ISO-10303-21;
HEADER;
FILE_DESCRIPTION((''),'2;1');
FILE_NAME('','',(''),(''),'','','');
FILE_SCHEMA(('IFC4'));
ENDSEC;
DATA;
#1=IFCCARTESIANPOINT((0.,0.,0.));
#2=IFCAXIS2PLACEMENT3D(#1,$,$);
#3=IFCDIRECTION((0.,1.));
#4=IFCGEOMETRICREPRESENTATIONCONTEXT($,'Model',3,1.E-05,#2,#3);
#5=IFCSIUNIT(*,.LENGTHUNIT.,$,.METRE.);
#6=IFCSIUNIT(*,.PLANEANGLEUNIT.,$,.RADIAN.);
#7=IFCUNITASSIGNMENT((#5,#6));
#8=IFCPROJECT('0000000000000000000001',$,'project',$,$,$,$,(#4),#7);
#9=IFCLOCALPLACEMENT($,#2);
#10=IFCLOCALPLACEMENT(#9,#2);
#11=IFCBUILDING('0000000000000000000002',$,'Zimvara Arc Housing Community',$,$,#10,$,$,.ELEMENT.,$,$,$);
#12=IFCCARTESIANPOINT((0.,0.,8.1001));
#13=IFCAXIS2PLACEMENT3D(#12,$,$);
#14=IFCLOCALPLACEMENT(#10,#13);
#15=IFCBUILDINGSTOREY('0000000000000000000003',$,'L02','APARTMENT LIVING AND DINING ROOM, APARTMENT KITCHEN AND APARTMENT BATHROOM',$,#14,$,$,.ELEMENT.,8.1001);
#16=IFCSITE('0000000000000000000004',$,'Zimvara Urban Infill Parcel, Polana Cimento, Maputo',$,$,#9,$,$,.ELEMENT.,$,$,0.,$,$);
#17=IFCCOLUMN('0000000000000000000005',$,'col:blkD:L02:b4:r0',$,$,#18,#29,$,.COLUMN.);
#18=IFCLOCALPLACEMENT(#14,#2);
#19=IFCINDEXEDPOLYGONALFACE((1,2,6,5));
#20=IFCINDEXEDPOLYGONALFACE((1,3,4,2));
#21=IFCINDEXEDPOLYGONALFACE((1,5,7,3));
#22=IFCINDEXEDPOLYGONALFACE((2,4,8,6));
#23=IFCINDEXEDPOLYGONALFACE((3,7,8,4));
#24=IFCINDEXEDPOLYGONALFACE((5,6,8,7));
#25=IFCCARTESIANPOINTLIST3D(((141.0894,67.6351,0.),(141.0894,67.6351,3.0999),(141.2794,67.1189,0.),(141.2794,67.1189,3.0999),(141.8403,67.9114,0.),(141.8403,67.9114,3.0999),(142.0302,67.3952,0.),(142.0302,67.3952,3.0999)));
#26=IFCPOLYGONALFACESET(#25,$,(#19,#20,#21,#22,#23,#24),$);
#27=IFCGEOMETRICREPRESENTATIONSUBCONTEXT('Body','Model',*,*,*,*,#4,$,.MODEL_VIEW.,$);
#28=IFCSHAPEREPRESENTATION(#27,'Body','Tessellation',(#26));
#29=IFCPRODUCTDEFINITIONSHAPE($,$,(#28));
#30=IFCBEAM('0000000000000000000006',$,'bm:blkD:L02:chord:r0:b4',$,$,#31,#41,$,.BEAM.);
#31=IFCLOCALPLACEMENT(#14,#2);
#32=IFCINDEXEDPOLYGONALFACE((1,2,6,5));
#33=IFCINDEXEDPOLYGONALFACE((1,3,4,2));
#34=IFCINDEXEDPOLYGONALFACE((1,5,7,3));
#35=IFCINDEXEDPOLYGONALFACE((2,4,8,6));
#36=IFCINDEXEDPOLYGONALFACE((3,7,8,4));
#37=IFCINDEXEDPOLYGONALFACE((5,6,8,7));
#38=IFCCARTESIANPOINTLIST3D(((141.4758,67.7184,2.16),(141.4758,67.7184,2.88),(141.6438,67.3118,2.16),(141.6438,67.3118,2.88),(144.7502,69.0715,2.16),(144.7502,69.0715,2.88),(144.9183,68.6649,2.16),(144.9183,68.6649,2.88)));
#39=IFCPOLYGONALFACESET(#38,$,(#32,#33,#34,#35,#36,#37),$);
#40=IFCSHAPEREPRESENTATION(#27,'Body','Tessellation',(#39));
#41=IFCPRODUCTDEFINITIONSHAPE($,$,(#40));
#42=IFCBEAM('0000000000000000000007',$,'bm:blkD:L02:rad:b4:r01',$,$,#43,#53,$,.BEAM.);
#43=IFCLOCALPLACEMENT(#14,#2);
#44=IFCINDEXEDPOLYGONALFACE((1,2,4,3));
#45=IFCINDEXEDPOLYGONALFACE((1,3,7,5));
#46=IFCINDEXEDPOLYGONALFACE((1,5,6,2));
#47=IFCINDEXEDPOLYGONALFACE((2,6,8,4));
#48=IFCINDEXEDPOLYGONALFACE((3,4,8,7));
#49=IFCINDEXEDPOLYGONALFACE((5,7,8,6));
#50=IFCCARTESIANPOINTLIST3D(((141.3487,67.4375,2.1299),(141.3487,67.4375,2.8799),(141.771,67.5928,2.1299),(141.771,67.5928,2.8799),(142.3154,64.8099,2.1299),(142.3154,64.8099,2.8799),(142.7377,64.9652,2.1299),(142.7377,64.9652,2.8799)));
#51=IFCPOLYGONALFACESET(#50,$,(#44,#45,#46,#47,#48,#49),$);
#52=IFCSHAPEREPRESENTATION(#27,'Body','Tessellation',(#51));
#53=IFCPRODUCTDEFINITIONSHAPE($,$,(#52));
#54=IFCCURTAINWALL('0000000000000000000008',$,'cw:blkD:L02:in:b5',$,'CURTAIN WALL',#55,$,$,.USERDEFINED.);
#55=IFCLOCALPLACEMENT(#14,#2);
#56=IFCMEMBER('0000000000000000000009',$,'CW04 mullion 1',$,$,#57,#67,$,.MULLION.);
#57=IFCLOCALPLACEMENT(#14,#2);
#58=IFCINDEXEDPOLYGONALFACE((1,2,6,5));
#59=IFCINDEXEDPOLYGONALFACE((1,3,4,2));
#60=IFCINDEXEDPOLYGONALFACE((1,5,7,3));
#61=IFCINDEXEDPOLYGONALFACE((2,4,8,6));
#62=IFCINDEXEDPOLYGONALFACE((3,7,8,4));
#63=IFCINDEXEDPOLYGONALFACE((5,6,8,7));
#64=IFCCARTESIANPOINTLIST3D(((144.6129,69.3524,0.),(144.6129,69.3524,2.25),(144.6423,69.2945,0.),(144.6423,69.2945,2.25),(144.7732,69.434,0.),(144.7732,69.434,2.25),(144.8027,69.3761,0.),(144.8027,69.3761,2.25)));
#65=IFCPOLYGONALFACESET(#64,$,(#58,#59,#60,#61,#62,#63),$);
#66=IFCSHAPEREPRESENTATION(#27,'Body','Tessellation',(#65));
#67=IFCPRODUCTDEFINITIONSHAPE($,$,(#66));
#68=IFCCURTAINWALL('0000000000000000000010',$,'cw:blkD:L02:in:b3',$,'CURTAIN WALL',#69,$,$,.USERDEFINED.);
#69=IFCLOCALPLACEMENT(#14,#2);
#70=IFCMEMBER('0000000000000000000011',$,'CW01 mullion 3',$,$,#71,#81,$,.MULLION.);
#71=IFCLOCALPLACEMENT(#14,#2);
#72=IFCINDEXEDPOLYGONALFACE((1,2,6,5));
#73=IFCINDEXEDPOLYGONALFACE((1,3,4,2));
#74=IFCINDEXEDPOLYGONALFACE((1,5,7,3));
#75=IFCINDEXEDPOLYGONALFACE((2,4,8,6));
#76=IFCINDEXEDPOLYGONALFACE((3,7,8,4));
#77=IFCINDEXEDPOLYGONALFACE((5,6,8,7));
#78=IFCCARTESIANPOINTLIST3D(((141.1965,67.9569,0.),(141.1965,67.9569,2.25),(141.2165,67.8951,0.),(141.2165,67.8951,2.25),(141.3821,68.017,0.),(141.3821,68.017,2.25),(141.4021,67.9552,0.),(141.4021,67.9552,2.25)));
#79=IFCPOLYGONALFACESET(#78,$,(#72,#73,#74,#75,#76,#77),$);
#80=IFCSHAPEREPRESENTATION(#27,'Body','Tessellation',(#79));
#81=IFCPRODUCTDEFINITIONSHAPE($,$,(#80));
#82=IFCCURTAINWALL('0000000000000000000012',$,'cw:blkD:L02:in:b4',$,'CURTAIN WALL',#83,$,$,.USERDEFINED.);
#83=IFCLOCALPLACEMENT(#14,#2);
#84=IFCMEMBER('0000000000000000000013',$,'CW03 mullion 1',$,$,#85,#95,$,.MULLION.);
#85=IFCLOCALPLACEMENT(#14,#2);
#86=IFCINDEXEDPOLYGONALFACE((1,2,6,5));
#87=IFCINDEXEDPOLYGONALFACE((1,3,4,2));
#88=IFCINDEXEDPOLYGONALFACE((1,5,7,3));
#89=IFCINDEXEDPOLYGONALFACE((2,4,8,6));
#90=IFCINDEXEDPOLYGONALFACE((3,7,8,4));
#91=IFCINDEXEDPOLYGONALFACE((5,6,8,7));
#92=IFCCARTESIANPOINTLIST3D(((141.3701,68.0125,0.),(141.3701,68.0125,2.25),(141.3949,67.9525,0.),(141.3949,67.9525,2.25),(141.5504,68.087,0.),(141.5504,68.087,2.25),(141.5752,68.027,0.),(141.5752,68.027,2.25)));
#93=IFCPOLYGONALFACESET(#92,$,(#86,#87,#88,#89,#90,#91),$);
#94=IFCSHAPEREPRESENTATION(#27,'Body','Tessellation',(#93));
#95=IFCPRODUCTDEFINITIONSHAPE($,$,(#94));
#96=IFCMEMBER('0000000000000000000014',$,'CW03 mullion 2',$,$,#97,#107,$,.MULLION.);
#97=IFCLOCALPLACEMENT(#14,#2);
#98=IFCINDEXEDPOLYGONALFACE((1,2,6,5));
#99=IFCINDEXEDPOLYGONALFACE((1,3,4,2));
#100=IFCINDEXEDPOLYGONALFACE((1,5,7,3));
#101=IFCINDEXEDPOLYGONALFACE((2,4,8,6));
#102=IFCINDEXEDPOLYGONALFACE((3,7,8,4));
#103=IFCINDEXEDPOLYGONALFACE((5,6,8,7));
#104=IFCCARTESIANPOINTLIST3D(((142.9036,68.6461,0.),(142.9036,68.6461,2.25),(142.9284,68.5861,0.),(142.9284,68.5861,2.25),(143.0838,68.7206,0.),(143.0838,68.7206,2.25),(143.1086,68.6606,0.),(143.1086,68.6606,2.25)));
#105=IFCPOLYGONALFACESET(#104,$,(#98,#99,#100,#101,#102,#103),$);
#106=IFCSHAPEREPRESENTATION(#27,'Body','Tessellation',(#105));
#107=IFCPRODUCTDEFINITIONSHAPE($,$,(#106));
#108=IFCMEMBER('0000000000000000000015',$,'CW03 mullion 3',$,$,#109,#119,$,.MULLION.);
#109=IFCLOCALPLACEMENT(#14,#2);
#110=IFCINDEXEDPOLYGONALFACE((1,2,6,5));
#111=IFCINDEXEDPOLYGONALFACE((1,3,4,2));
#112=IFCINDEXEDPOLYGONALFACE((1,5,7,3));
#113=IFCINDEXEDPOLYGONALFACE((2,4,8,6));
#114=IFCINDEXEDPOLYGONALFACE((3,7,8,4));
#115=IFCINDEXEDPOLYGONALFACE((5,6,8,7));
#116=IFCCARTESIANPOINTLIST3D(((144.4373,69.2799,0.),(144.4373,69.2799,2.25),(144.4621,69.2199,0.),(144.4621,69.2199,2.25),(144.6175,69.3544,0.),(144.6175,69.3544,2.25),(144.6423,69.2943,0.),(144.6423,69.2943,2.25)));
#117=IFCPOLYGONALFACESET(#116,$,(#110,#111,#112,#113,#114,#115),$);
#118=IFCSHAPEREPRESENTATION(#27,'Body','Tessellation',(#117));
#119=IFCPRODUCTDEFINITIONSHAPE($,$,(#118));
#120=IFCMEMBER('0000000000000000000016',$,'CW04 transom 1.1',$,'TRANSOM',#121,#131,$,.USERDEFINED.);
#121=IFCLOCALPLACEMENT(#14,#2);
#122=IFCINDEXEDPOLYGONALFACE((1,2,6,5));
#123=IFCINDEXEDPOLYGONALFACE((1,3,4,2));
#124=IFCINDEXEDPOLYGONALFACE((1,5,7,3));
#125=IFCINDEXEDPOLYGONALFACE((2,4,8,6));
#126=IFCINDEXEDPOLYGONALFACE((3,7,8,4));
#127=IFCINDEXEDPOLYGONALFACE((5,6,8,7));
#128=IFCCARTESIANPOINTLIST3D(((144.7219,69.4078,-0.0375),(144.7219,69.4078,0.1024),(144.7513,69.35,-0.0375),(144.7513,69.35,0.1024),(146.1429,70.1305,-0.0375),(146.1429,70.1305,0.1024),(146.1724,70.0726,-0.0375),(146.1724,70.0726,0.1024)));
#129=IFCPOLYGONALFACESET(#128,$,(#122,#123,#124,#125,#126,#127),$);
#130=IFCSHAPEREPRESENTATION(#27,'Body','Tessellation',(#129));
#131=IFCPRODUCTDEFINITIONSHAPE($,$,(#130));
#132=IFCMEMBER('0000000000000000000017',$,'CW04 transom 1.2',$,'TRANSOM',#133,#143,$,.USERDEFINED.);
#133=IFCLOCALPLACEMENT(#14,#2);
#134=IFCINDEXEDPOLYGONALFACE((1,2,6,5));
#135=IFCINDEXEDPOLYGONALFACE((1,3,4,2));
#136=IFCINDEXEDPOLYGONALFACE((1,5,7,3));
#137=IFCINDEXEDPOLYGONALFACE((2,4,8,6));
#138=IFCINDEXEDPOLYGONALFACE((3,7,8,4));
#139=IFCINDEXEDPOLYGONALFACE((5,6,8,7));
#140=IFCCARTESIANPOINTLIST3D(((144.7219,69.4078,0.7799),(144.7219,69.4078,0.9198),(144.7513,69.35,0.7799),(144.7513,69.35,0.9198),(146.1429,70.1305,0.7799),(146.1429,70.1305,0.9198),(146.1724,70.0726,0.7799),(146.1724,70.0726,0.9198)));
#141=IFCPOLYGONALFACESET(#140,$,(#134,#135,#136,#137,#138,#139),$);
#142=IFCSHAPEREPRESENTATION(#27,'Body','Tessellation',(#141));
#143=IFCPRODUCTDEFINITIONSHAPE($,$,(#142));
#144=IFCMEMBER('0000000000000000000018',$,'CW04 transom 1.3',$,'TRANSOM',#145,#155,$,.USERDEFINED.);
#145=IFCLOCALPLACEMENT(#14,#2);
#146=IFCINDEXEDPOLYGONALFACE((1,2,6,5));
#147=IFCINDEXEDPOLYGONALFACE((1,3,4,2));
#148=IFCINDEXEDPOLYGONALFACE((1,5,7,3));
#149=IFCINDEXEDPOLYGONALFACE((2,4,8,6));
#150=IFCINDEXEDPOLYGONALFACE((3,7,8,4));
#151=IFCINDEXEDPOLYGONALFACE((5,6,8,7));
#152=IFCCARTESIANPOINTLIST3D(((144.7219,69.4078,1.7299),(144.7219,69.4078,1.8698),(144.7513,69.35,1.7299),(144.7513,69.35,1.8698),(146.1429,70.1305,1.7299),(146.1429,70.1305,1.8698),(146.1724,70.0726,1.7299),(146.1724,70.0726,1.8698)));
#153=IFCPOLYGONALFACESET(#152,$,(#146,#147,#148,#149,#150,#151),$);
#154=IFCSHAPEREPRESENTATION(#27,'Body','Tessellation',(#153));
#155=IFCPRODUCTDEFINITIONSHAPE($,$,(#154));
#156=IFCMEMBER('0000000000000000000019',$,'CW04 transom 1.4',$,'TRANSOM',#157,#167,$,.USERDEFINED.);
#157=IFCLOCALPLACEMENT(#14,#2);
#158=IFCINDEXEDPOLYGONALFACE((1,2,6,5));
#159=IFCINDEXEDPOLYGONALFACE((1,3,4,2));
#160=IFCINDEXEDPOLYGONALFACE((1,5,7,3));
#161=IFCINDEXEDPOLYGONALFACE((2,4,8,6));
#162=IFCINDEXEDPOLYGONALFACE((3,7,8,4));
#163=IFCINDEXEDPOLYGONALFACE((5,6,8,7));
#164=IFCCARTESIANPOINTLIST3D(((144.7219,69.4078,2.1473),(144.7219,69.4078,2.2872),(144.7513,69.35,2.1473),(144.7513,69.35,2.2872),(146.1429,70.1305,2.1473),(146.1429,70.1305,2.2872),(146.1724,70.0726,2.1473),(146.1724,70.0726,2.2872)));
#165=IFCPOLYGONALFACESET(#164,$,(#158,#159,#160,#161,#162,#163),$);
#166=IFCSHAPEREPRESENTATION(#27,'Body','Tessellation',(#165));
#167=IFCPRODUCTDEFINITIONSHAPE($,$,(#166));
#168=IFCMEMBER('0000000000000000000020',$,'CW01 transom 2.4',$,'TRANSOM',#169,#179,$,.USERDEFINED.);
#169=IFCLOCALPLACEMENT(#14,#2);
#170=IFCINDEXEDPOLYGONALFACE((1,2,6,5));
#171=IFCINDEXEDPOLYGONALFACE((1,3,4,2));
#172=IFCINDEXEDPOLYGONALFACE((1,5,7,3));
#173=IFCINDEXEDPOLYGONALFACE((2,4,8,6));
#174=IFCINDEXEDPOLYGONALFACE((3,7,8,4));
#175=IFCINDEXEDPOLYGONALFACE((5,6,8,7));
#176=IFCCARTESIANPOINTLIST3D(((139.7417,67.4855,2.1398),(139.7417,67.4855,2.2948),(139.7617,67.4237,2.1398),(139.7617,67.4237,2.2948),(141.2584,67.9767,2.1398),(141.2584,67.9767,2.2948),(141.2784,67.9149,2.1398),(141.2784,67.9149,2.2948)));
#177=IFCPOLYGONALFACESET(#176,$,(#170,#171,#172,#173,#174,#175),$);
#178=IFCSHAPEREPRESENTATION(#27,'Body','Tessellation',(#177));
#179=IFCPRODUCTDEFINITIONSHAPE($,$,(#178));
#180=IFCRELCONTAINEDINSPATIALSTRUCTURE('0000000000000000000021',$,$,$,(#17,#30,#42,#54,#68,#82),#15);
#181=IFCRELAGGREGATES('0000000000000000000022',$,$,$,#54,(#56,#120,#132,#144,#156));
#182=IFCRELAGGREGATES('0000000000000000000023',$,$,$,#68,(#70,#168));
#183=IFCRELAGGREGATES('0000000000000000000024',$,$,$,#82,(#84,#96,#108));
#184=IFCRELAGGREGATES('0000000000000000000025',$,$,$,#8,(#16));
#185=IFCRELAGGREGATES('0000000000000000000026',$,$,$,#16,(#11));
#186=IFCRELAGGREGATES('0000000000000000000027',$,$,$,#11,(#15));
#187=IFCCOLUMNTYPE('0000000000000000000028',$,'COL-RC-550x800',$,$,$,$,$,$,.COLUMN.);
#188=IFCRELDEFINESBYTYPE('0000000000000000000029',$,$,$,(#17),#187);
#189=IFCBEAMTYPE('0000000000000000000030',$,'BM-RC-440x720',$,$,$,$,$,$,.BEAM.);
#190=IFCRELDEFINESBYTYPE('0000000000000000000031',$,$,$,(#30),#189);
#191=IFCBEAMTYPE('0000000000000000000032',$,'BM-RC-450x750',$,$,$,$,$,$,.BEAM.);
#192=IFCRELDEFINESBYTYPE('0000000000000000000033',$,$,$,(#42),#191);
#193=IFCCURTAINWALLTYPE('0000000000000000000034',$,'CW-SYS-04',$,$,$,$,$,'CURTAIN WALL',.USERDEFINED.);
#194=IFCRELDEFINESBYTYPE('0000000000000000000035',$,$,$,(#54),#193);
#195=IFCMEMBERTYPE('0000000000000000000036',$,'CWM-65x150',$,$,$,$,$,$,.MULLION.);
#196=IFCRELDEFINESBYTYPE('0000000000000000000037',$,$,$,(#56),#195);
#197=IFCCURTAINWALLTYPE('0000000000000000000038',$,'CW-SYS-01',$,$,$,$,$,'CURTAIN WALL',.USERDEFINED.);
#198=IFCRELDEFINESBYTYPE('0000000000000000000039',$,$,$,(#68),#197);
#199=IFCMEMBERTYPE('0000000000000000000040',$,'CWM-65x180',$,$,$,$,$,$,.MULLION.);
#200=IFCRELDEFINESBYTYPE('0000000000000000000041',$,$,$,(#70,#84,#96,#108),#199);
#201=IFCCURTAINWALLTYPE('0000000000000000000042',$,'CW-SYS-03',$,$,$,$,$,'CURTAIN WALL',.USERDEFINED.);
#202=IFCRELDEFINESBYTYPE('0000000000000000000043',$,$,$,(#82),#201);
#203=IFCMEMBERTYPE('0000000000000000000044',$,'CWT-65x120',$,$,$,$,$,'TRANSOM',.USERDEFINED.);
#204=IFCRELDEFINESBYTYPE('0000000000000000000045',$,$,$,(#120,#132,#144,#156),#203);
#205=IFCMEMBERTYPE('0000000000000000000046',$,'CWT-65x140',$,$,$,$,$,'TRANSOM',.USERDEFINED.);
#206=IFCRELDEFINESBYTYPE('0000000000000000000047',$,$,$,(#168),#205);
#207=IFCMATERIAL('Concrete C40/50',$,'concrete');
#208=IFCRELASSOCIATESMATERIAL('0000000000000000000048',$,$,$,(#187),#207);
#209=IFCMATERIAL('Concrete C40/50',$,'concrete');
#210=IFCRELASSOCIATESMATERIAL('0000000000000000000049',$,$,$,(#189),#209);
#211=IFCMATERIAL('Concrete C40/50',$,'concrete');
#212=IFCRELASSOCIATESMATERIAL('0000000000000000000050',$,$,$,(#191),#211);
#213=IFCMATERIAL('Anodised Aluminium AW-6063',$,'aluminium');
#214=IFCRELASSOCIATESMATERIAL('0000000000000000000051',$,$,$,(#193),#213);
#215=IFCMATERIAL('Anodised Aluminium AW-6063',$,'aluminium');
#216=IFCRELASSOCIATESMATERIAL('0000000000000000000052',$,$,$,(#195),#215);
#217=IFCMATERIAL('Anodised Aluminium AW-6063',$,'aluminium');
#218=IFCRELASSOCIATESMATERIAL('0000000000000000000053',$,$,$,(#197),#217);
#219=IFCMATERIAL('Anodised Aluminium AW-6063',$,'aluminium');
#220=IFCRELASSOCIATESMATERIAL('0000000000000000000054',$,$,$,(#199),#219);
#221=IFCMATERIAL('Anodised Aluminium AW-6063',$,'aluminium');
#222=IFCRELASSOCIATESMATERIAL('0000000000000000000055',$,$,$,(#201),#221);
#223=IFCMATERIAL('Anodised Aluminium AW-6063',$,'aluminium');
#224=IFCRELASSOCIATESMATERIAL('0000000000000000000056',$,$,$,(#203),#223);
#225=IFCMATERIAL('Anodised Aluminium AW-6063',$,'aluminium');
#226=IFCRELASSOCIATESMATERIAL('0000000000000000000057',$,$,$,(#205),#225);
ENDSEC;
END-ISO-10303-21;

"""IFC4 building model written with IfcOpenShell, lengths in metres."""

from ifc_helpers import new_model, si_unit, direction, frame, origin, origin_2d, place, context, subcontext, project, spatial, rectangle, extrude, material, material_profile, profile_set, type_object, element, aggregate, save


model = new_model("IFC4")

# Units and contexts
model_context = context("Model", 3, precision=1e-05, world=origin(), true_north=direction((0.0, 1.0)))
body_context = subcontext(model_context, "Body", "Model", "MODEL_VIEW")
ifc_project = project(units=[si_unit("LENGTHUNIT", "METRE"), si_unit("PLANEANGLEUNIT", "RADIAN")], contexts=[model_context])

# Site, building, storey
site_placement = place(None, origin())
site = spatial("IfcSite", under=ifc_project, at=site_placement, Name="Zimvara Urban Infill Parcel, Polana Cimento, Maputo", CompositionType="ELEMENT", RefElevation=0.0)
building_placement = place(site_placement, origin())
building = spatial("IfcBuilding", under=site, at=building_placement, Name="Zimvara Arc Housing Community", CompositionType="ELEMENT")
storey_placement = place(building_placement, frame((0.0, 0.0, 8.1001)))
storey = spatial("IfcBuildingStorey", under=building, at=storey_placement, Name="L02", Description="APARTMENT LIVING AND DINING ROOM, APARTMENT KITCHEN AND APARTMENT BATHROOM", CompositionType="ELEMENT", Elevation=8.1001)

# Column
ifc_material_1 = material(Name="Concrete C40/50", Category="concrete")
ifc_material_profile_1 = material_profile(ifc_material_1, rectangle(XDim=0.55, YDim=0.8, at=origin_2d()), Name="RC 550x800")
ifc_profile_set_1 = profile_set([ifc_material_profile_1], Name="Concrete C40/50")
column_type = type_object("IfcColumnType", Name="COL-RC-550x800", PredefinedType="COLUMN", material=ifc_profile_set_1)
column_placement = place(storey_placement, frame((141.5598, 67.5151, 0.0), z_axis=(0.0, 0.0, 1.0), x_axis=(0.345298, -0.938493, 0.0)))
element("IfcColumn", 1, at=column_placement, inside=storey, type_object=column_type, Name="col:blkD:L02:b4:r0", PredefinedType="COLUMN", context=body_context, shape_type="SweptSolid", body=[
    extrude(rectangle(XDim=0.55, YDim=0.8, at=origin_2d()), origin(), (0.0, 0.0, 1.0), 3.0999),
])

# Beams
ifc_material_2 = material(Name="Concrete C40/50", Category="concrete")
ifc_material_profile_2 = material_profile(ifc_material_2, rectangle(XDim=0.4399, YDim=0.72, at=origin_2d()), Name="RC 440x720")
ifc_profile_set_2 = profile_set([ifc_material_profile_2], Name="Concrete C40/50")
beam_type_1 = type_object("IfcBeamType", Name="BM-RC-440x720", PredefinedType="BEAM", material=ifc_profile_set_2)
beam_1_placement = place(storey_placement, frame((141.5598, 67.5151, 2.52), z_axis=(0.924206, 0.381893, 0.0), x_axis=(-0.381893, 0.924206, 0.0)))
element("IfcBeam", 2, at=beam_1_placement, inside=storey, type_object=beam_type_1, Name="bm:blkD:L02:chord:r0:b4", PredefinedType="BEAM", context=body_context, shape_type="SweptSolid", body=[
    extrude(rectangle(XDim=0.4399, YDim=0.72, at=origin_2d()), origin(), (0.0, 0.0, 1.0), 3.543),
])
ifc_material_3 = material(Name="Concrete C40/50", Category="concrete")
ifc_material_profile_3 = material_profile(ifc_material_3, rectangle(XDim=0.45, YDim=0.75, at=origin_2d()), Name="RC 450x750")
ifc_profile_set_3 = profile_set([ifc_material_profile_3], Name="Concrete C40/50")
beam_type_2 = type_object("IfcBeamType", Name="BM-RC-450x750", PredefinedType="BEAM", material=ifc_profile_set_3)
beam_2_placement = place(storey_placement, frame((141.5598, 67.5151, 2.5049), z_axis=(0.345297, -0.938493, 0.0), x_axis=(0.938493, 0.345297, 0.0)))
element("IfcBeam", 3, at=beam_2_placement, inside=storey, type_object=beam_type_2, Name="bm:blkD:L02:rad:b4:r01", PredefinedType="BEAM", context=body_context, shape_type="SweptSolid", body=[
    extrude(rectangle(XDim=0.45, YDim=0.75, at=origin_2d()), origin(), (0.0, 0.0, 1.0), 2.7998),
])

# Curtain walls, members
ifc_material_4 = material(Name="Anodised Aluminium AW-6063", Category="aluminium")
curtain_wall_type_1 = type_object("IfcCurtainWallType", Name="CW-SYS-04", ElementType="CURTAIN WALL", PredefinedType="USERDEFINED", material=ifc_material_4)
curtain_wall_1_placement = place(storey_placement, origin())
curtain_wall_1 = element("IfcCurtainWall", 4, at=curtain_wall_1_placement, inside=storey, type_object=curtain_wall_type_1, Name="cw:blkD:L02:in:b5", ObjectType="CURTAIN WALL", PredefinedType="USERDEFINED")
ifc_material_5 = material(Name="Anodised Aluminium AW-6063", Category="aluminium")
ifc_material_profile_4 = material_profile(ifc_material_5, rectangle(XDim=0.0649, YDim=0.1799, at=origin_2d()), Name="ALU 65x180")
ifc_profile_set_4 = profile_set([ifc_material_profile_4], Name="Anodised Aluminium AW-6063")
member_type_1 = type_object("IfcMemberType", Name="CWM-65x150", PredefinedType="MULLION", material=ifc_profile_set_4)
member_1_placement = place(storey_placement, frame((144.7078, 69.3643, 0.0), z_axis=(0.0, 0.0, 1.0), x_axis=(-0.453211, 0.891403, 0.0)))
member_1 = element("IfcMember", 5, at=member_1_placement, type_object=member_type_1, Name="CW04 mullion 1", PredefinedType="MULLION", context=body_context, shape_type="SweptSolid", body=[
    extrude(rectangle(XDim=0.0649, YDim=0.1799, at=origin_2d()), origin(), (0.0, 0.0, 1.0), 2.25),
])
ifc_material_6 = material(Name="Anodised Aluminium AW-6063", Category="aluminium")
curtain_wall_type_2 = type_object("IfcCurtainWallType", Name="CW-SYS-01", ElementType="CURTAIN WALL", PredefinedType="USERDEFINED", material=ifc_material_6)
curtain_wall_2_placement = place(storey_placement, origin())
curtain_wall_2 = element("IfcCurtainWall", 6, at=curtain_wall_2_placement, inside=storey, type_object=curtain_wall_type_2, Name="cw:blkD:L02:in:b3", ObjectType="CURTAIN WALL", PredefinedType="USERDEFINED")
ifc_material_7 = material(Name="Anodised Aluminium AW-6063", Category="aluminium")
ifc_material_profile_5 = material_profile(ifc_material_7, rectangle(XDim=0.0649, YDim=0.1951, at=origin_2d()), Name="ALU 65x195")
ifc_profile_set_5 = profile_set([ifc_material_profile_5], Name="Anodised Aluminium AW-6063")
member_type_2 = type_object("IfcMemberType", Name="CWM-65x180", PredefinedType="MULLION", material=ifc_profile_set_5)
member_2_placement = place(storey_placement, frame((141.2993, 67.9561, 0.0), z_axis=(0.0, 0.0, 1.0), x_axis=(-0.308185, 0.951326, 0.0)))
member_2 = element("IfcMember", 7, at=member_2_placement, type_object=member_type_2, Name="CW01 mullion 3", PredefinedType="MULLION", context=body_context, shape_type="SweptSolid", body=[
    extrude(rectangle(XDim=0.0649, YDim=0.1951, at=origin_2d()), origin(), (0.0, 0.0, 1.0), 2.25),
])

# Curtain wall, members
ifc_material_8 = material(Name="Anodised Aluminium AW-6063", Category="aluminium")
curtain_wall_type_3 = type_object("IfcCurtainWallType", Name="CW-SYS-03", ElementType="CURTAIN WALL", PredefinedType="USERDEFINED", material=ifc_material_8)
curtain_wall_3_placement = place(storey_placement, origin())
curtain_wall_3 = element("IfcCurtainWall", 8, at=curtain_wall_3_placement, inside=storey, type_object=curtain_wall_type_3, Name="cw:blkD:L02:in:b4", ObjectType="CURTAIN WALL", PredefinedType="USERDEFINED")
member_3_placement = place(storey_placement, frame((141.4727, 68.0198, 0.0), z_axis=(0.0, 0.0, 1.0), x_axis=(-0.381877, 0.924213, 0.0)))
member_3 = element("IfcMember", 9, at=member_3_placement, type_object=member_type_2, Name="CW03 mullion 1", PredefinedType="MULLION", context=body_context, shape_type="SweptSolid", body=[
    extrude(rectangle(XDim=0.0649, YDim=0.1951, at=origin_2d()), origin(), (0.0, 0.0, 1.0), 2.25),
])
member_4_placement = place(storey_placement, frame((143.0061, 68.6533, 0.0), z_axis=(0.0, 0.0, 1.0), x_axis=(-0.381877, 0.924213, 0.0)))
member_4 = element("IfcMember", 10, at=member_4_placement, type_object=member_type_2, Name="CW03 mullion 2", PredefinedType="MULLION", context=body_context, shape_type="SweptSolid", body=[
    extrude(rectangle(XDim=0.0649, YDim=0.1951, at=origin_2d()), origin(), (0.0, 0.0, 1.0), 2.25),
])
member_5_placement = place(storey_placement, frame((144.5398, 69.2871, 0.0), z_axis=(0.0, 0.0, 1.0), x_axis=(-0.381877, 0.924213, 0.0)))
member_5 = element("IfcMember", 11, at=member_5_placement, type_object=member_type_2, Name="CW03 mullion 3", PredefinedType="MULLION", context=body_context, shape_type="SweptSolid", body=[
    extrude(rectangle(XDim=0.0649, YDim=0.1951, at=origin_2d()), origin(), (0.0, 0.0, 1.0), 2.25),
])

# Members
ifc_material_9 = material(Name="Anodised Aluminium AW-6063", Category="aluminium")
ifc_material_profile_6 = material_profile(ifc_material_9, rectangle(XDim=0.0649, YDim=0.1399, at=origin_2d()), Name="ALU 65x140")
ifc_profile_set_6 = profile_set([ifc_material_profile_6], Name="Anodised Aluminium AW-6063")
member_type_3 = type_object("IfcMemberType", Name="CWT-65x120", ElementType="TRANSOM", PredefinedType="USERDEFINED", material=ifc_profile_set_6)
member_6_placement = place(storey_placement, frame((144.7366, 69.3789, 0.0325), z_axis=(0.891375, 0.453267, 0.0), x_axis=(-0.453267, 0.891375, 0.0)))
member_6 = element("IfcMember", 12, at=member_6_placement, type_object=member_type_3, Name="CW04 transom 1.1", ObjectType="TRANSOM", PredefinedType="USERDEFINED", context=body_context, shape_type="SweptSolid", body=[
    extrude(rectangle(XDim=0.0649, YDim=0.1399, at=origin_2d()), origin(), (0.0, 0.0, 1.0), 1.5942),
])
member_7_placement = place(storey_placement, frame((144.7366, 69.3789, 0.8499), z_axis=(0.891375, 0.453267, 0.0), x_axis=(-0.453267, 0.891375, 0.0)))
member_7 = element("IfcMember", 13, at=member_7_placement, type_object=member_type_3, Name="CW04 transom 1.2", ObjectType="TRANSOM", PredefinedType="USERDEFINED", context=body_context, shape_type="SweptSolid", body=[
    extrude(rectangle(XDim=0.0649, YDim=0.1399, at=origin_2d()), origin(), (0.0, 0.0, 1.0), 1.5942),
])
member_8_placement = place(storey_placement, frame((144.7366, 69.3789, 1.7998), z_axis=(0.891375, 0.453267, 0.0), x_axis=(-0.453267, 0.891375, 0.0)))
member_8 = element("IfcMember", 14, at=member_8_placement, type_object=member_type_3, Name="CW04 transom 1.3", ObjectType="TRANSOM", PredefinedType="USERDEFINED", context=body_context, shape_type="SweptSolid", body=[
    extrude(rectangle(XDim=0.0649, YDim=0.1399, at=origin_2d()), origin(), (0.0, 0.0, 1.0), 1.5942),
])
member_9_placement = place(storey_placement, frame((144.7366, 69.3789, 2.2173), z_axis=(0.891375, 0.453267, 0.0), x_axis=(-0.453267, 0.891375, 0.0)))
member_9 = element("IfcMember", 15, at=member_9_placement, type_object=member_type_3, Name="CW04 transom 1.4", ObjectType="TRANSOM", PredefinedType="USERDEFINED", context=body_context, shape_type="SweptSolid", body=[
    extrude(rectangle(XDim=0.0649, YDim=0.1399, at=origin_2d()), origin(), (0.0, 0.0, 1.0), 1.5942),
])
aggregate(curtain_wall_1, [member_1, member_6, member_7, member_8, member_9])
ifc_material_10 = material(Name="Anodised Aluminium AW-6063", Category="aluminium")
ifc_material_profile_7 = material_profile(ifc_material_10, rectangle(XDim=0.0649, YDim=0.155, at=origin_2d()), Name="ALU 65x155")
ifc_profile_set_7 = profile_set([ifc_material_profile_7], Name="Anodised Aluminium AW-6063")
member_type_4 = type_object("IfcMemberType", Name="CWT-65x140", ElementType="TRANSOM", PredefinedType="USERDEFINED", material=ifc_profile_set_7)
member_10_placement = place(storey_placement, frame((139.7517, 67.4546, 2.2173), z_axis=(0.951344, 0.30813, 0.0), x_axis=(-0.30813, 0.951344, 0.0)))
member_10 = element("IfcMember", 16, at=member_10_placement, type_object=member_type_4, Name="CW01 transom 2.4", ObjectType="TRANSOM", PredefinedType="USERDEFINED", context=body_context, shape_type="SweptSolid", body=[
    extrude(rectangle(XDim=0.0649, YDim=0.155, at=origin_2d()), origin(), (0.0, 0.0, 1.0), 1.5942),
])

aggregate(curtain_wall_2, [member_2, member_10])
aggregate(curtain_wall_3, [member_3, member_4, member_5])

save(model, "model.ifc")
